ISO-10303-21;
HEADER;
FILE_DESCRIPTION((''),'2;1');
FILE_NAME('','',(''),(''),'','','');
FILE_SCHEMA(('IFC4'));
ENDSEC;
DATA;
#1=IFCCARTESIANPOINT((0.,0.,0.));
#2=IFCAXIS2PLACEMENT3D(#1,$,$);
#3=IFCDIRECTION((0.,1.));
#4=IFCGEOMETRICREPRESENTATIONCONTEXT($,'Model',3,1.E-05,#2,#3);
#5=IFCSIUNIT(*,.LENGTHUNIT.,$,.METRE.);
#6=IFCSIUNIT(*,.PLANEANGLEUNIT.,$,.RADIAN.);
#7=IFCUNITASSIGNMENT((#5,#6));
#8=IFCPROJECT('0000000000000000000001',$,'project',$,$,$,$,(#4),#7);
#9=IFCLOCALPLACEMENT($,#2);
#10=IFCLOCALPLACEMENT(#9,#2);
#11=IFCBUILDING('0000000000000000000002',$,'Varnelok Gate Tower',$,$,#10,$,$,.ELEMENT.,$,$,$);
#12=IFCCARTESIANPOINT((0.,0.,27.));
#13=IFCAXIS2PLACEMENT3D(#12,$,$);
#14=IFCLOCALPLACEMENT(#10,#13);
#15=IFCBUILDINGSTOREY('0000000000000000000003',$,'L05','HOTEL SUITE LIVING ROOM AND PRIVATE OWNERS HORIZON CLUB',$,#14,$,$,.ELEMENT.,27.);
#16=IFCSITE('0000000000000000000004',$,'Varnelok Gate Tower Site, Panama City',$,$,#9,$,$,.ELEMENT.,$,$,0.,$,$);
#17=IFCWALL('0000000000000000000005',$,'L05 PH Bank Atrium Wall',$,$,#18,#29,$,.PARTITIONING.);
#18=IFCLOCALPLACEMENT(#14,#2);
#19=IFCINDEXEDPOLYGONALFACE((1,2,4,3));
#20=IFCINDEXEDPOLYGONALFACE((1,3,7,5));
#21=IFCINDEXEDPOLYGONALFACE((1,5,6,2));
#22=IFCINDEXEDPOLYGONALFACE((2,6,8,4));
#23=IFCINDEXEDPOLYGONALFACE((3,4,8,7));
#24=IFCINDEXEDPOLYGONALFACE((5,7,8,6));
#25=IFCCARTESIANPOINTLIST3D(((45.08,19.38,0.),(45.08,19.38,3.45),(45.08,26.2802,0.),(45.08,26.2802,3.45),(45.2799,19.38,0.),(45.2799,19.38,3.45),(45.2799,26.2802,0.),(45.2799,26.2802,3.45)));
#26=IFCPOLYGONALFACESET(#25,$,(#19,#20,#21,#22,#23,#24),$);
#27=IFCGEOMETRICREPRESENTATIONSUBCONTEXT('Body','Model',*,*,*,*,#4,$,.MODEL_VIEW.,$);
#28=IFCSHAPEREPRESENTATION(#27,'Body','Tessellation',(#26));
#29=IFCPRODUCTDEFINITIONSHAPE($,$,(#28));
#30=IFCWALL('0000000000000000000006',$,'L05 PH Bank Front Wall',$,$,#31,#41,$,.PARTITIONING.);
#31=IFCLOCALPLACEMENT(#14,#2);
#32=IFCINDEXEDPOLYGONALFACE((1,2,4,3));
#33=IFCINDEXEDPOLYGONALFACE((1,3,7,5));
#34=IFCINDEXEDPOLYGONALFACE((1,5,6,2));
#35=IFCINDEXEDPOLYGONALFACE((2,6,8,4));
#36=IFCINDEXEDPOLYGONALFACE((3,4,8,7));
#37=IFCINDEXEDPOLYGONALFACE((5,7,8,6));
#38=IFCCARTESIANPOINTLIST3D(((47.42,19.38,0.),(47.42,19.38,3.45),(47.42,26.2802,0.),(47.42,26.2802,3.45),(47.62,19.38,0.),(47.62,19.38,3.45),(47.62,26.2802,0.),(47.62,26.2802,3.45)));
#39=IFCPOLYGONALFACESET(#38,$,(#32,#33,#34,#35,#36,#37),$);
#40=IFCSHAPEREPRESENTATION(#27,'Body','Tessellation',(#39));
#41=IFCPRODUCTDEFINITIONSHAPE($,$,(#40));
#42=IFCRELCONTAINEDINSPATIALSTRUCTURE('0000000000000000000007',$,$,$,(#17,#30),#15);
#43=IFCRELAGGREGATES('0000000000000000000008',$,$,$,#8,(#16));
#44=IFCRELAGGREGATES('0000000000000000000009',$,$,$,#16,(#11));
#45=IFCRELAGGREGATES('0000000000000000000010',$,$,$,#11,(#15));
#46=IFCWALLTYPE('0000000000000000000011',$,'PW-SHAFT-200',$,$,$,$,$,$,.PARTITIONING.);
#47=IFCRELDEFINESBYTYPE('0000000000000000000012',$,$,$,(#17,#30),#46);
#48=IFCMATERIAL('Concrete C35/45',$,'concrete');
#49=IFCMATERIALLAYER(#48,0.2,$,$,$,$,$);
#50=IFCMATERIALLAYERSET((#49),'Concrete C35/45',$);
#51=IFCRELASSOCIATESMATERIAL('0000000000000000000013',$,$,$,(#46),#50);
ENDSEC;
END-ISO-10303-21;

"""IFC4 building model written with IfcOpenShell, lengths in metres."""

from ifc_helpers import new_model, si_unit, direction, frame, frame_2d, origin, place, context, subcontext, project, spatial, rectangle, extrude, material, layer, layer_set, type_object, element, save


model = new_model("IFC4")

# Units and contexts
model_context = context("Model", 3, precision=1e-05, world=origin(), true_north=direction((0.0, 1.0)))
body_context = subcontext(model_context, "Body", "Model", "MODEL_VIEW")
ifc_project = project(units=[si_unit("LENGTHUNIT", "METRE"), si_unit("PLANEANGLEUNIT", "RADIAN")], contexts=[model_context])

# Site, building, storey
site_placement = place(None, origin())
site = spatial("IfcSite", under=ifc_project, at=site_placement, Name="Varnelok Gate Tower Site, Panama City", CompositionType="ELEMENT", RefElevation=0.0)
building_placement = place(site_placement, origin())
building = spatial("IfcBuilding", under=site, at=building_placement, Name="Varnelok Gate Tower", CompositionType="ELEMENT")
storey_placement = place(building_placement, frame((0.0, 0.0, 27.0)))
storey = spatial("IfcBuildingStorey", under=building, at=storey_placement, Name="L05", Description="HOTEL SUITE LIVING ROOM AND PRIVATE OWNERS HORIZON CLUB", CompositionType="ELEMENT", Elevation=27.0)

# Walls
ifc_material_1 = material(Name="Concrete C35/45", Category="concrete")
ifc_layer_1 = layer(ifc_material_1, 0.2)
ifc_layer_set_1 = layer_set([ifc_layer_1], Name="Concrete C35/45")
wall_type_1 = type_object("IfcWallType", Name="PW-SHAFT-200", PredefinedType="PARTITIONING", material=ifc_layer_set_1)
for number, where, z_axis, x_axis, name in (
    (1, (45.1799, 19.3799, 0.0), (0.0, 0.0, 1.0), (0.0, 1.0, 0.0), "L05 PH Bank Atrium Wall"),
    (2, (47.52, 19.3799, 0.0), (0.0, 0.0, 1.0), (0.0, 1.0, 0.0), "L05 PH Bank Front Wall"),
):
    element("IfcWall", number, at=place(storey_placement, frame(where, z_axis=z_axis, x_axis=x_axis)), inside=storey, type_object=wall_type_1, Name=name, PredefinedType="PARTITIONING", context=body_context, shape_type="SweptSolid", body=[
        extrude(rectangle(XDim=6.9001, YDim=0.2, at=frame_2d((3.4502, 0.0))), origin(), (0.0, 0.0, 1.0), 3.45),
    ])

save(model, "model.ifc")
